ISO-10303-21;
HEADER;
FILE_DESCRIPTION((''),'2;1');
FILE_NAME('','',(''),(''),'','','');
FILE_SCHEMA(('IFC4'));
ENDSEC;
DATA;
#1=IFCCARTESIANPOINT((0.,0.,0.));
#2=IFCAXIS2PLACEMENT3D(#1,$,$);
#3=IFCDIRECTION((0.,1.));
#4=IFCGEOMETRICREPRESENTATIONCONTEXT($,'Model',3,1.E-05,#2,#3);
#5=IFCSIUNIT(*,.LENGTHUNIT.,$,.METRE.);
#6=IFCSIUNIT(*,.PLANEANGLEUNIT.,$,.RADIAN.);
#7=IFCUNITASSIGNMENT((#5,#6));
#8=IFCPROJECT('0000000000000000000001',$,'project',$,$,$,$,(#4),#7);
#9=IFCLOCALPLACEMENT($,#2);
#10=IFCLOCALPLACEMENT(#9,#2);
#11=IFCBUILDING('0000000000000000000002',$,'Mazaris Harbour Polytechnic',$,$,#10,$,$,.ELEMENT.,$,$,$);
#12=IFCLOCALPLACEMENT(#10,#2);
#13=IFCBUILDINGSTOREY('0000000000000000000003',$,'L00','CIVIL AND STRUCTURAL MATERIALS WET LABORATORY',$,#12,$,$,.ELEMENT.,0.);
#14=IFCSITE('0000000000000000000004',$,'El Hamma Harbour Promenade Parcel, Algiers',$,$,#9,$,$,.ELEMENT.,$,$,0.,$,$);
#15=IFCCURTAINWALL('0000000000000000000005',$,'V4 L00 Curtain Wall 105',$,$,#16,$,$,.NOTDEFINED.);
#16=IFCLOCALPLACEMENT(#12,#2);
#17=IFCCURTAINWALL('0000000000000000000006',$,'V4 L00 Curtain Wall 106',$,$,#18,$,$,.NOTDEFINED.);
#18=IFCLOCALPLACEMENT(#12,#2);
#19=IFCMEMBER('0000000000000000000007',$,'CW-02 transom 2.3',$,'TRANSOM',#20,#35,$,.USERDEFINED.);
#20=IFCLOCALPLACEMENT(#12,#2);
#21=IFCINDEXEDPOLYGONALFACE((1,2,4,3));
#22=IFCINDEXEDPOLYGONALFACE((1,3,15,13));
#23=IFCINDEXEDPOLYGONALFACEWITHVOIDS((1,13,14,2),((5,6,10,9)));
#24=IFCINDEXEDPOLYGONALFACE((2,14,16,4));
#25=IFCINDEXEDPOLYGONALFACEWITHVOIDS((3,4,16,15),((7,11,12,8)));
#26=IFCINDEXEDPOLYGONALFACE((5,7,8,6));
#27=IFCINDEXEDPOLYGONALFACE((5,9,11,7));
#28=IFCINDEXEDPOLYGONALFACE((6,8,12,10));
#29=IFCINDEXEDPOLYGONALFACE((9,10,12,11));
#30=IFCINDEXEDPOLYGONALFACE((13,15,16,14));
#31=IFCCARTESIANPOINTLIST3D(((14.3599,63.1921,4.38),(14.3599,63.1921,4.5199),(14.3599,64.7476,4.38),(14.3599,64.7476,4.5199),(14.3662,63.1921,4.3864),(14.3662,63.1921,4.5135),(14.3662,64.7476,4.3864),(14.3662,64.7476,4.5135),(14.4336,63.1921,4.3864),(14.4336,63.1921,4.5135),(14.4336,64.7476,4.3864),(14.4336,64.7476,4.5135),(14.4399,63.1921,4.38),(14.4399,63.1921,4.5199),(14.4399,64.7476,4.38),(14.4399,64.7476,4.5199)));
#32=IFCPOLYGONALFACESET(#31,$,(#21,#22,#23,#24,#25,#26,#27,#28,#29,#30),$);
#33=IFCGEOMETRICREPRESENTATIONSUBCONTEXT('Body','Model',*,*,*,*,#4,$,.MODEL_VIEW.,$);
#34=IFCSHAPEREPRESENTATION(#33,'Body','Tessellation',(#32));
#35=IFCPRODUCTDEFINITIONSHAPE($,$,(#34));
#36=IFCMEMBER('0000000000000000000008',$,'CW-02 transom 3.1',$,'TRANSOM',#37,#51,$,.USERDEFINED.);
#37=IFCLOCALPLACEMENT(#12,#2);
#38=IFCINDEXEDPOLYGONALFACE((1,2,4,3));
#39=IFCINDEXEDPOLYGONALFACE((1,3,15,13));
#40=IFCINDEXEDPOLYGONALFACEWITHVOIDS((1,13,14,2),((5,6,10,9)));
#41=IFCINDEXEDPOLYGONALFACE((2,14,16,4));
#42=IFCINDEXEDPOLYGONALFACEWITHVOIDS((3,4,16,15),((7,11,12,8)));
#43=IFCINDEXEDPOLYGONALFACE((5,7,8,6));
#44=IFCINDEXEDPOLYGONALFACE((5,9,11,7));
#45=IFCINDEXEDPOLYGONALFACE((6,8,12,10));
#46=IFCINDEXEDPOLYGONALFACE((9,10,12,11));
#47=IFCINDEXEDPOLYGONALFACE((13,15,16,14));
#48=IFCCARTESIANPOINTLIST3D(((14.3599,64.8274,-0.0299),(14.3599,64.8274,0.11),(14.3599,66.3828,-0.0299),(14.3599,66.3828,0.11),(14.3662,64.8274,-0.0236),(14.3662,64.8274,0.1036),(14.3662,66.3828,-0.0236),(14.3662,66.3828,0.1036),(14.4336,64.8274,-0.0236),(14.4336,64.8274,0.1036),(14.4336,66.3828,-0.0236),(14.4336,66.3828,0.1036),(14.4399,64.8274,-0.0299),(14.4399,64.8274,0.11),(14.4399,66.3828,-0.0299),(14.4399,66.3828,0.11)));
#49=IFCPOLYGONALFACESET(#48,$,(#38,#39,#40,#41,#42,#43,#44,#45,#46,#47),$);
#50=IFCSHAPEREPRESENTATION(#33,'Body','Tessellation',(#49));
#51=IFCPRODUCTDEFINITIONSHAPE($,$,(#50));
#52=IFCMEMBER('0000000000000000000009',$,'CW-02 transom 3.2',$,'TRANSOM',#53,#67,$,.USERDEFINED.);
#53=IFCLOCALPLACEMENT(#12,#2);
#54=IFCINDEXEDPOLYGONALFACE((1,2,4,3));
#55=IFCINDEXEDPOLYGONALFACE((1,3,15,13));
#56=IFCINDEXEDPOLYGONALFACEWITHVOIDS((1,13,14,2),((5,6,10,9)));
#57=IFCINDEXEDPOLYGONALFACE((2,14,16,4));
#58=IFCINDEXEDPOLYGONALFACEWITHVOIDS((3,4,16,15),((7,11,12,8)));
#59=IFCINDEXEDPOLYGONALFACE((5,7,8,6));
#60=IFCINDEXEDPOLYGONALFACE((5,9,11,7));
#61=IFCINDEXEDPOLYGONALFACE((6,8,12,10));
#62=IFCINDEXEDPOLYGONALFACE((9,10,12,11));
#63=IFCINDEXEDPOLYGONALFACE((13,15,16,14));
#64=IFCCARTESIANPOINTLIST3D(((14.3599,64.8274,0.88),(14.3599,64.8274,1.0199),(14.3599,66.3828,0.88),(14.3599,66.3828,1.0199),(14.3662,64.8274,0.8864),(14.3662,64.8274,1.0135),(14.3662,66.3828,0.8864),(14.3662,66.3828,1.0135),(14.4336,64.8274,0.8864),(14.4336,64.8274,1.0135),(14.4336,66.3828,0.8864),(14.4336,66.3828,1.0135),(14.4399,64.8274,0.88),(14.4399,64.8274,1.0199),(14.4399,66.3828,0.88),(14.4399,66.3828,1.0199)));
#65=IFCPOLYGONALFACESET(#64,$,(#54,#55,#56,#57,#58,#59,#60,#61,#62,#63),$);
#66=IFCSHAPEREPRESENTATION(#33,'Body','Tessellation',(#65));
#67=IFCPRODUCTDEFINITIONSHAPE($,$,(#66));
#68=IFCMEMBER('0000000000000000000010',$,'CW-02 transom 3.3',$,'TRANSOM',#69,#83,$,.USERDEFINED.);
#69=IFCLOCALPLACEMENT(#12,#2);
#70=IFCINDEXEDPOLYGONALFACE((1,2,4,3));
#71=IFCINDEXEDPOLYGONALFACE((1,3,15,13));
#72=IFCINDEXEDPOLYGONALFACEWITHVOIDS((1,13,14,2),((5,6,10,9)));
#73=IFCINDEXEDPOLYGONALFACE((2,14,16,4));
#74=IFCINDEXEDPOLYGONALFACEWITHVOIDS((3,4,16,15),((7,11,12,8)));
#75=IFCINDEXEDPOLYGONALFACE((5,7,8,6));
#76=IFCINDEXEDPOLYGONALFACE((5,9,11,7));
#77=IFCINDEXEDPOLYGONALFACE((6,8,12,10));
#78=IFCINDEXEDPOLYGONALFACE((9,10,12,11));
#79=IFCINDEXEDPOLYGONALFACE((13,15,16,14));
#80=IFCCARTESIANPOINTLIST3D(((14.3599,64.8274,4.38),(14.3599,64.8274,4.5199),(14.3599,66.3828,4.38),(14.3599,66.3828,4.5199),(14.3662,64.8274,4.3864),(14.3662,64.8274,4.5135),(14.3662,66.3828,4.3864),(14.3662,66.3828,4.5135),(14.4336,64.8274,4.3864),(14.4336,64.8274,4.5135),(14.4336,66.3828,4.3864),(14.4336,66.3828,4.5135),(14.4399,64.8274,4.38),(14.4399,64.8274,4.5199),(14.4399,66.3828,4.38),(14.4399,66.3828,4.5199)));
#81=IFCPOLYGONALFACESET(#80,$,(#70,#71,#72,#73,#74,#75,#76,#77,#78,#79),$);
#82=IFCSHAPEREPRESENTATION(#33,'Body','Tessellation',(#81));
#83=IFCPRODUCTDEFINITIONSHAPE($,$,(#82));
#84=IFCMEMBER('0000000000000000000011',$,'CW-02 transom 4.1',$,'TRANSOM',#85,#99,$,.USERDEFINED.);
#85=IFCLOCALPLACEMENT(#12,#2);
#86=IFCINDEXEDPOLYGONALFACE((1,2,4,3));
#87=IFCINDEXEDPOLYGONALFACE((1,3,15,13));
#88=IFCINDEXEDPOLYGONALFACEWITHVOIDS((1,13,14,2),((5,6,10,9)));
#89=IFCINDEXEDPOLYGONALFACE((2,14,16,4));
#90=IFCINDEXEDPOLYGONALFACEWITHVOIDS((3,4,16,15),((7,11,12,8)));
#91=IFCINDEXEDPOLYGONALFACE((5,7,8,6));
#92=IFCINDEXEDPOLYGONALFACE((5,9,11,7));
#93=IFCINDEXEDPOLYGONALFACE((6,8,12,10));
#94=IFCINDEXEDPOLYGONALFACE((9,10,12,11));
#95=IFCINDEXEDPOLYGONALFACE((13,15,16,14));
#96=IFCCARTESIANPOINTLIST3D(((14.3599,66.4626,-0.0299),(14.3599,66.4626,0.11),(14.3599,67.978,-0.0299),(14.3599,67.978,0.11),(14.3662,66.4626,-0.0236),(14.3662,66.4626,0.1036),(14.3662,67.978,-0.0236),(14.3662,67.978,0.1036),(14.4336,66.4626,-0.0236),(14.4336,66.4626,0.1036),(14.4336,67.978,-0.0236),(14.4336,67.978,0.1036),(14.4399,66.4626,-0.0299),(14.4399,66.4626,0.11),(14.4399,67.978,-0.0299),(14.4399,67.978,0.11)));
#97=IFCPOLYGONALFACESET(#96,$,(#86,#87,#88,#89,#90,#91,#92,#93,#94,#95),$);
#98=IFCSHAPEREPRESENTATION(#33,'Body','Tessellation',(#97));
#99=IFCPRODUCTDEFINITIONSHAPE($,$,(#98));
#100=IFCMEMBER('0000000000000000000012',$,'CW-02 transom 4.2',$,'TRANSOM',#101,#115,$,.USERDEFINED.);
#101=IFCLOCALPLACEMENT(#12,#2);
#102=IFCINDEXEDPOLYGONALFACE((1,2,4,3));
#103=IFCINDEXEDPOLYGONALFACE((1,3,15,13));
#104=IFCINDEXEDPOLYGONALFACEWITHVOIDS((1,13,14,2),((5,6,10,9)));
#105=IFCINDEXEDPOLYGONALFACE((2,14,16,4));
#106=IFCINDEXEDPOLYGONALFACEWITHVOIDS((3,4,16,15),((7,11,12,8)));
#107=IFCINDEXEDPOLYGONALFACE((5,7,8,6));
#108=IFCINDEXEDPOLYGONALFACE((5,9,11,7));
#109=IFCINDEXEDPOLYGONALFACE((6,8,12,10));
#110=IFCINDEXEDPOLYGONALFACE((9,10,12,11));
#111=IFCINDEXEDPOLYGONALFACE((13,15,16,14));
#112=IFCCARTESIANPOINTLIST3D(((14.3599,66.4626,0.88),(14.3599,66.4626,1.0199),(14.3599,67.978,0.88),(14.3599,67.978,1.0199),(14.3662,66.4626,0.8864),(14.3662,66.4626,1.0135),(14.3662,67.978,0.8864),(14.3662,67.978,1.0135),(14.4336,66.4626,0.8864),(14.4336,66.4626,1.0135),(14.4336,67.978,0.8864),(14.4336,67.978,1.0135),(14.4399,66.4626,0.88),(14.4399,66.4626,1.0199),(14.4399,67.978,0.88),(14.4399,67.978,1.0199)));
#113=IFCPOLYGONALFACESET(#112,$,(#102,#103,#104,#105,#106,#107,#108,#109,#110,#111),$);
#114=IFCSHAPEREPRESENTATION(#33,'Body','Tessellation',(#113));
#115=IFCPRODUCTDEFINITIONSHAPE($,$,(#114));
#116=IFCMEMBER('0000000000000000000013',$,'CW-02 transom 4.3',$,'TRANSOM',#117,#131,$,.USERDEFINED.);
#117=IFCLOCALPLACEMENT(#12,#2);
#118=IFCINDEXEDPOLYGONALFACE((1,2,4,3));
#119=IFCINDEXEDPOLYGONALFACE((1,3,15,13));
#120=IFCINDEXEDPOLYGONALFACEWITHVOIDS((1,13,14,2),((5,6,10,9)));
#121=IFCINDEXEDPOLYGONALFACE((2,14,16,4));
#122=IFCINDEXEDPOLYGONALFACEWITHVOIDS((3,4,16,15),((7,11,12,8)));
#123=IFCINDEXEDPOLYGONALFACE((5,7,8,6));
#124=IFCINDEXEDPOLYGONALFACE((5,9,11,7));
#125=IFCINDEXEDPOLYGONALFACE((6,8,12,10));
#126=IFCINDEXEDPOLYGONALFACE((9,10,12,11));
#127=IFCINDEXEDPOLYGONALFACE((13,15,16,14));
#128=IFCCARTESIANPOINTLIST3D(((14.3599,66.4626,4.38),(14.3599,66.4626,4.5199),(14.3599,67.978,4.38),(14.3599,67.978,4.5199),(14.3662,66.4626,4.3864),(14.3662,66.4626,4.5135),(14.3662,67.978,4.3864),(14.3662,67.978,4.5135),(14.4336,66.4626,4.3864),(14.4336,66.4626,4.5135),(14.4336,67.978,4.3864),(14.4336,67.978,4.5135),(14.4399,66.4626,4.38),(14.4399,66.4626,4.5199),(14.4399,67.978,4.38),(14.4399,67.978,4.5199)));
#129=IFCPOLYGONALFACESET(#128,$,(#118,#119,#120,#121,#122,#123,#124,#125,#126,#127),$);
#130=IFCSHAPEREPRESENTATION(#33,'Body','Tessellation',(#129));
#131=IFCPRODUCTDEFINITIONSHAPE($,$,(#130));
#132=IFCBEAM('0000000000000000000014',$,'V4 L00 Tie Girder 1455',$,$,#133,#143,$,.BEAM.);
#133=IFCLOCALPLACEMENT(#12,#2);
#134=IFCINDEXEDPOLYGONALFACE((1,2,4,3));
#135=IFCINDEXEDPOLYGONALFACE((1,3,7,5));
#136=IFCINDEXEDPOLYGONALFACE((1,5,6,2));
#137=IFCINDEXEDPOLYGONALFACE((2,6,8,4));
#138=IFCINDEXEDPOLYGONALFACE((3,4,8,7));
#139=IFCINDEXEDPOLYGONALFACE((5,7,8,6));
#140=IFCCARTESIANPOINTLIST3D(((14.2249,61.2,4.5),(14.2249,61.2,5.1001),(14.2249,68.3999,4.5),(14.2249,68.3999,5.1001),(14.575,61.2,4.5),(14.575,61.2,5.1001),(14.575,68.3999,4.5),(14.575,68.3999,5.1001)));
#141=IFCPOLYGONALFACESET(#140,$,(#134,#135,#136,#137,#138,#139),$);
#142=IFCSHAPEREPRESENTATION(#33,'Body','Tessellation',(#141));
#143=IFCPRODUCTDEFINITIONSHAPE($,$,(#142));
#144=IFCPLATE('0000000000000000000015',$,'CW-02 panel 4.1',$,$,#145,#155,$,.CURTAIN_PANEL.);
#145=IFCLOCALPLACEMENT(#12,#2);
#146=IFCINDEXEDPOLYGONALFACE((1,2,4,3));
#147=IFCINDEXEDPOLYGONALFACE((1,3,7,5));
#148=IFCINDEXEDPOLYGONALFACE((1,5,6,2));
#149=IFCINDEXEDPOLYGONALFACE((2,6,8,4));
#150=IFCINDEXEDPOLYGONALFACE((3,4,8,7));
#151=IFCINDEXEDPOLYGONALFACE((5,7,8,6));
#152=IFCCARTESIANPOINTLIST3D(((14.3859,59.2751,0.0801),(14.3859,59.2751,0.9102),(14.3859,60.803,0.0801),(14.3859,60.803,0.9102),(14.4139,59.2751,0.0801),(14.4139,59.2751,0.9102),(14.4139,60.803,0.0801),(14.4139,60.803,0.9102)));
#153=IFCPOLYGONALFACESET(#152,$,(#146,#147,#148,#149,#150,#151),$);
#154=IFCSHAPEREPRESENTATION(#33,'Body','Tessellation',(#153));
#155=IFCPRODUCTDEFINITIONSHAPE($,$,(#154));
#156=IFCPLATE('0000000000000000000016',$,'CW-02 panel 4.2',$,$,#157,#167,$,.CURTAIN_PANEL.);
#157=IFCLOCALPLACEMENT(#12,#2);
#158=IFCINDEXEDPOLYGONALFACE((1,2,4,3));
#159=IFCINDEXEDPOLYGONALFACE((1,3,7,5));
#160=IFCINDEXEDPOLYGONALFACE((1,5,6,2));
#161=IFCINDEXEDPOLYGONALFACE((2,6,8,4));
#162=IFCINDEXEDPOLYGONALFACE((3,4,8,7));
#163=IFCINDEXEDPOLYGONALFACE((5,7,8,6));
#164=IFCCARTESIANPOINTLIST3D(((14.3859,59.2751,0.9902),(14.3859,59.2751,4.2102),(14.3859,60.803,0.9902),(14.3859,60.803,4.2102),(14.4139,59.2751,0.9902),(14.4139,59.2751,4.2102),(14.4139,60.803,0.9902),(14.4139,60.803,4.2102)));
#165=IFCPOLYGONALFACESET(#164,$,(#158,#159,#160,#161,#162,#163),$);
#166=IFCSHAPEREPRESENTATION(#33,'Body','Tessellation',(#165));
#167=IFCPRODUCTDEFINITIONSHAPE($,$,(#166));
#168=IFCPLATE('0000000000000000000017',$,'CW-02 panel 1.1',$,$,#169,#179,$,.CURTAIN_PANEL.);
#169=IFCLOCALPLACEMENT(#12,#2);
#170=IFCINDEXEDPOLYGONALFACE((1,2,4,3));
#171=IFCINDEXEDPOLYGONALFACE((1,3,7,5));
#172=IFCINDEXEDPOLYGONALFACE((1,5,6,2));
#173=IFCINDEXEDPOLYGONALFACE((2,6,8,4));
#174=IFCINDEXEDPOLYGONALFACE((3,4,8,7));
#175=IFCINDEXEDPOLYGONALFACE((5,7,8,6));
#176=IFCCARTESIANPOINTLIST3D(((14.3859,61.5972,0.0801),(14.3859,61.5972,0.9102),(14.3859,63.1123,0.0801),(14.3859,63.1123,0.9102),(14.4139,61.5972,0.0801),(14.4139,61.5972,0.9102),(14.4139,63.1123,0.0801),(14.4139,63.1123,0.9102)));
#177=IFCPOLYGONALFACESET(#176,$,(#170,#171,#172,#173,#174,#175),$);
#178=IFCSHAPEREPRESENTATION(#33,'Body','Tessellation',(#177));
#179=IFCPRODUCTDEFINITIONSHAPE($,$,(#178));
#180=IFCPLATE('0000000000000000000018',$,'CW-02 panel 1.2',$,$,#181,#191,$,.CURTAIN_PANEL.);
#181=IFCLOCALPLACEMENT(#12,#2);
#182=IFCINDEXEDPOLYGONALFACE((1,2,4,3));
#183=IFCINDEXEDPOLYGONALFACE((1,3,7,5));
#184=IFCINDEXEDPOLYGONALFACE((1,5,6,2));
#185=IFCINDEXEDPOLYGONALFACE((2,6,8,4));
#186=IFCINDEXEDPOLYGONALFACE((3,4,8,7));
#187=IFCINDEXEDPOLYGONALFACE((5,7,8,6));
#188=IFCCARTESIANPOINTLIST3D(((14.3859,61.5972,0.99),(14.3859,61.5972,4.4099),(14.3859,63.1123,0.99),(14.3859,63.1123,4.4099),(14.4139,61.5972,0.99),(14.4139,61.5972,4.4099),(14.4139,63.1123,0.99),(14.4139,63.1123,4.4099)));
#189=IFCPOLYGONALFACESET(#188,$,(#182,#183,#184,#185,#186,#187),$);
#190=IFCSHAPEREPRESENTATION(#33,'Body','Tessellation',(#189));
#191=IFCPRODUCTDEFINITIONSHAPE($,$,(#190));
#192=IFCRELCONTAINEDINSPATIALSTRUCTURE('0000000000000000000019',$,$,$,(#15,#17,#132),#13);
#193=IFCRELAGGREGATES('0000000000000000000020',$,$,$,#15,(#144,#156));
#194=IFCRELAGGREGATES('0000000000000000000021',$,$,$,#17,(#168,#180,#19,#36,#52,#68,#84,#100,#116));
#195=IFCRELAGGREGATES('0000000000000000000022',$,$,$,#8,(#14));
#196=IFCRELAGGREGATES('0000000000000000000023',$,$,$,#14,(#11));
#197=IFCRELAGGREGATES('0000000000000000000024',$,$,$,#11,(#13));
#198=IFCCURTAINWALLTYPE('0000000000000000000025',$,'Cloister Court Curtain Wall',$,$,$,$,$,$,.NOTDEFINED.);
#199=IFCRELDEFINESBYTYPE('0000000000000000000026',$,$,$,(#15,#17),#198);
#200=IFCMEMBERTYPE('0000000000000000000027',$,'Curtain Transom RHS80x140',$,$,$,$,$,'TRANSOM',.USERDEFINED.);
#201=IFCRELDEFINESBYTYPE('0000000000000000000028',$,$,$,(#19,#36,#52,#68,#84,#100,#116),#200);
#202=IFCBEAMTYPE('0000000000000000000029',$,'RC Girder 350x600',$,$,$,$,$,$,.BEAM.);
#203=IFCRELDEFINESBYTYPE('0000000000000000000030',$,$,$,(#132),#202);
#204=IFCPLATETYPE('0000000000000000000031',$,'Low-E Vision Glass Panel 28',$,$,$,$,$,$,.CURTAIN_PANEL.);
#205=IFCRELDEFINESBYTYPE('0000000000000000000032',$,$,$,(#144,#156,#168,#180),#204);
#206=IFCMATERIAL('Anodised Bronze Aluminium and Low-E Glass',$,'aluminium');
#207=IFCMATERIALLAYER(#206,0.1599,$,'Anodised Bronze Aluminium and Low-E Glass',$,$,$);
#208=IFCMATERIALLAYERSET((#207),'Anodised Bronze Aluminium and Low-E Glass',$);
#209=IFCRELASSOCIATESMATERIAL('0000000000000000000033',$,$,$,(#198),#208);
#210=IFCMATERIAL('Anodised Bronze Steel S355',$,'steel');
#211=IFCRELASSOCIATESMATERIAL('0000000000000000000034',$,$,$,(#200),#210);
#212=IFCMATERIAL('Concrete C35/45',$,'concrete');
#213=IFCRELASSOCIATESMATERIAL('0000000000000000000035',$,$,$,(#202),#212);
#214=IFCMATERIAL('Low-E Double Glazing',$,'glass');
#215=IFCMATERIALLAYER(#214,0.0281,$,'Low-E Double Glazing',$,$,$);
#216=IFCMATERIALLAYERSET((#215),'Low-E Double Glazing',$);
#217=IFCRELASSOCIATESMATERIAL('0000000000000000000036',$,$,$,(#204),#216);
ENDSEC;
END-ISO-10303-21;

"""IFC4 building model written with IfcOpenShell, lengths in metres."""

from ifc_helpers import new_model, si_unit, direction, frame, origin, origin_2d, place, context, subcontext, project, spatial, rectangle, hollow_rectangle, extrude, material, layer, layer_set, material_profile, profile_set, type_object, element, aggregate, save


model = new_model("IFC4")

# Units and contexts
model_context = context("Model", 3, precision=1e-05, world=origin(), true_north=direction((0.0, 1.0)))
body_context = subcontext(model_context, "Body", "Model", "MODEL_VIEW")
ifc_project = project(units=[si_unit("LENGTHUNIT", "METRE"), si_unit("PLANEANGLEUNIT", "RADIAN")], contexts=[model_context])

# Site, building, storey
site_placement = place(None, origin())
site = spatial("IfcSite", under=ifc_project, at=site_placement, Name="El Hamma Harbour Promenade Parcel, Algiers", CompositionType="ELEMENT", RefElevation=0.0)
building_placement = place(site_placement, origin())
building = spatial("IfcBuilding", under=site, at=building_placement, Name="Mazaris Harbour Polytechnic", CompositionType="ELEMENT")
storey_placement = place(building_placement, origin())
storey = spatial("IfcBuildingStorey", under=building, at=storey_placement, Name="L00", Description="CIVIL AND STRUCTURAL MATERIALS WET LABORATORY", CompositionType="ELEMENT", Elevation=0.0)

# Curtain wall
ifc_material_1 = material(Name="Anodised Bronze Aluminium and Low-E Glass", Category="aluminium")
ifc_layer_1 = layer(ifc_material_1, 0.1599, Name="Anodised Bronze Aluminium and Low-E Glass")
ifc_layer_set_1 = layer_set([ifc_layer_1], Name="Anodised Bronze Aluminium and Low-E Glass")
curtain_wall_type = type_object("IfcCurtainWallType", Name="Cloister Court Curtain Wall", PredefinedType="NOTDEFINED", material=ifc_layer_set_1)
curtain_wall_1_placement = place(storey_placement, origin())
curtain_wall_1 = element("IfcCurtainWall", 1, at=curtain_wall_1_placement, inside=storey, type_object=curtain_wall_type, Name="V4 L00 Curtain Wall 105", PredefinedType="NOTDEFINED")

# Curtain wall, members
curtain_wall_2_placement = place(storey_placement, origin())
curtain_wall_2 = element("IfcCurtainWall", 2, at=curtain_wall_2_placement, inside=storey, type_object=curtain_wall_type, Name="V4 L00 Curtain Wall 106", PredefinedType="NOTDEFINED")
ifc_material_2 = material(Name="Anodised Bronze Steel S355", Category="steel")
ifc_material_profile_1 = material_profile(ifc_material_2, hollow_rectangle(XDim=0.0801, YDim=0.1399, WallThickness=0.0063, at=origin_2d()), Name="RHS 80x140x6.3")
ifc_profile_set_1 = profile_set([ifc_material_profile_1], Name="Anodised Bronze Steel S355")
member_type_1 = type_object("IfcMemberType", Name="Curtain Transom RHS80x140", ElementType="TRANSOM", PredefinedType="USERDEFINED", material=ifc_profile_set_1)
member_1_placement = place(storey_placement, frame((14.3999, 63.1921, 4.45), z_axis=(0.0, 1.0, 0.0), x_axis=(-1.0, 0.0, 0.0)))
member_1 = element("IfcMember", 3, at=member_1_placement, type_object=member_type_1, Name="CW-02 transom 2.3", ObjectType="TRANSOM", PredefinedType="USERDEFINED", context=body_context, shape_type="SweptSolid", body=[
    extrude(hollow_rectangle(XDim=0.0801, YDim=0.1399, WallThickness=0.0063, at=origin_2d()), origin(), (0.0, 0.0, 1.0), 1.5554),
])
member_2_placement = place(storey_placement, frame((14.3999, 64.8274, 0.04), z_axis=(0.0, 1.0, 0.0), x_axis=(-1.0, 0.0, 0.0)))
member_2 = element("IfcMember", 4, at=member_2_placement, type_object=member_type_1, Name="CW-02 transom 3.1", ObjectType="TRANSOM", PredefinedType="USERDEFINED", context=body_context, shape_type="SweptSolid", body=[
    extrude(hollow_rectangle(XDim=0.0801, YDim=0.1399, WallThickness=0.0063, at=origin_2d()), origin(), (0.0, 0.0, 1.0), 1.5554),
])
member_3_placement = place(storey_placement, frame((14.3999, 64.8274, 0.95), z_axis=(0.0, 1.0, 0.0), x_axis=(-1.0, 0.0, 0.0)))
member_3 = element("IfcMember", 5, at=member_3_placement, type_object=member_type_1, Name="CW-02 transom 3.2", ObjectType="TRANSOM", PredefinedType="USERDEFINED", context=body_context, shape_type="SweptSolid", body=[
    extrude(hollow_rectangle(XDim=0.0801, YDim=0.1399, WallThickness=0.0063, at=origin_2d()), origin(), (0.0, 0.0, 1.0), 1.5554),
])
member_4_placement = place(storey_placement, frame((14.3999, 64.8274, 4.45), z_axis=(0.0, 1.0, 0.0), x_axis=(-1.0, 0.0, 0.0)))
member_4 = element("IfcMember", 6, at=member_4_placement, type_object=member_type_1, Name="CW-02 transom 3.3", ObjectType="TRANSOM", PredefinedType="USERDEFINED", context=body_context, shape_type="SweptSolid", body=[
    extrude(hollow_rectangle(XDim=0.0801, YDim=0.1399, WallThickness=0.0063, at=origin_2d()), origin(), (0.0, 0.0, 1.0), 1.5554),
])
member_5_placement = place(storey_placement, frame((14.3999, 66.4626, 0.04), z_axis=(0.0, 1.0, 0.0), x_axis=(-1.0, 0.0, 0.0)))
member_5 = element("IfcMember", 7, at=member_5_placement, type_object=member_type_1, Name="CW-02 transom 4.1", ObjectType="TRANSOM", PredefinedType="USERDEFINED", context=body_context, shape_type="SweptSolid", body=[
    extrude(hollow_rectangle(XDim=0.0801, YDim=0.1399, WallThickness=0.0063, at=origin_2d()), origin(), (0.0, 0.0, 1.0), 1.5154),
])
member_6_placement = place(storey_placement, frame((14.3999, 66.4626, 0.95), z_axis=(0.0, 1.0, 0.0), x_axis=(-1.0, 0.0, 0.0)))
member_6 = element("IfcMember", 8, at=member_6_placement, type_object=member_type_1, Name="CW-02 transom 4.2", ObjectType="TRANSOM", PredefinedType="USERDEFINED", context=body_context, shape_type="SweptSolid", body=[
    extrude(hollow_rectangle(XDim=0.0801, YDim=0.1399, WallThickness=0.0063, at=origin_2d()), origin(), (0.0, 0.0, 1.0), 1.5154),
])
member_7_placement = place(storey_placement, frame((14.3999, 66.4626, 4.45), z_axis=(0.0, 1.0, 0.0), x_axis=(-1.0, 0.0, 0.0)))
member_7 = element("IfcMember", 9, at=member_7_placement, type_object=member_type_1, Name="CW-02 transom 4.3", ObjectType="TRANSOM", PredefinedType="USERDEFINED", context=body_context, shape_type="SweptSolid", body=[
    extrude(hollow_rectangle(XDim=0.0801, YDim=0.1399, WallThickness=0.0063, at=origin_2d()), origin(), (0.0, 0.0, 1.0), 1.5154),
])

# Beam
ifc_material_3 = material(Name="Concrete C35/45", Category="concrete")
ifc_material_profile_2 = material_profile(ifc_material_3, rectangle(XDim=0.3501, YDim=0.6001, at=origin_2d()), Name="RECT350x600")
ifc_profile_set_2 = profile_set([ifc_material_profile_2], Name="Concrete C35/45")
beam_type = type_object("IfcBeamType", Name="RC Girder 350x600", PredefinedType="BEAM", material=ifc_profile_set_2)
beam_placement = place(storey_placement, frame((14.3999, 61.2, 4.8), z_axis=(0.0, 1.0, 0.0), x_axis=(-1.0, 0.0, 0.0)))
element("IfcBeam", 10, at=beam_placement, inside=storey, type_object=beam_type, Name="V4 L00 Tie Girder 1455", PredefinedType="BEAM", context=body_context, shape_type="SweptSolid", body=[
    extrude(rectangle(XDim=0.3501, YDim=0.6001, at=origin_2d()), origin(), (0.0, 0.0, 1.0), 7.2),
])

# Plates
ifc_material_4 = material(Name="Low-E Double Glazing", Category="glass")
ifc_layer_2 = layer(ifc_material_4, 0.0281, Name="Low-E Double Glazing")
ifc_layer_set_2 = layer_set([ifc_layer_2], Name="Low-E Double Glazing")
plate_type = type_object("IfcPlateType", Name="Low-E Vision Glass Panel 28", PredefinedType="CURTAIN_PANEL", material=ifc_layer_set_2)
plate_1_placement = place(storey_placement, frame((14.3999, 60.0391, 0.0801), z_axis=(0.0, 0.0, 1.0), x_axis=(0.0, 1.0, 0.0)))
plate_1 = element("IfcPlate", 11, at=plate_1_placement, type_object=plate_type, Name="CW-02 panel 4.1", PredefinedType="CURTAIN_PANEL", context=body_context, shape_type="SweptSolid", body=[
    extrude(rectangle(XDim=1.5278, YDim=0.0281, at=origin_2d()), origin(), (0.0, 0.0, 1.0), 0.8301),
])
plate_2_placement = place(storey_placement, frame((14.3999, 60.0391, 0.9902), z_axis=(0.0, 0.0, 1.0), x_axis=(0.0, 1.0, 0.0)))
plate_2 = element("IfcPlate", 12, at=plate_2_placement, type_object=plate_type, Name="CW-02 panel 4.2", PredefinedType="CURTAIN_PANEL", context=body_context, shape_type="SweptSolid", body=[
    extrude(rectangle(XDim=1.5278, YDim=0.0281, at=origin_2d()), origin(), (0.0, 0.0, 1.0), 3.22),
])
aggregate(curtain_wall_1, [plate_1, plate_2])
plate_3_placement = place(storey_placement, frame((14.3999, 62.3547, 0.0801), z_axis=(0.0, 0.0, 1.0), x_axis=(0.0, 1.0, 0.0)))
plate_3 = element("IfcPlate", 13, at=plate_3_placement, type_object=plate_type, Name="CW-02 panel 1.1", PredefinedType="CURTAIN_PANEL", context=body_context, shape_type="SweptSolid", body=[
    extrude(rectangle(XDim=1.5151, YDim=0.0281, at=origin_2d()), origin(), (0.0, 0.0, 1.0), 0.8301),
])
plate_4_placement = place(storey_placement, frame((14.3999, 62.3547, 0.99), z_axis=(0.0, 0.0, 1.0), x_axis=(0.0, 1.0, 0.0)))
plate_4 = element("IfcPlate", 14, at=plate_4_placement, type_object=plate_type, Name="CW-02 panel 1.2", PredefinedType="CURTAIN_PANEL", context=body_context, shape_type="SweptSolid", body=[
    extrude(rectangle(XDim=1.5151, YDim=0.0281, at=origin_2d()), origin(), (0.0, 0.0, 1.0), 3.4199),
])
aggregate(curtain_wall_2, [plate_3, plate_4, member_1, member_2, member_3, member_4, member_5, member_6, member_7])

save(model, "model.ifc")
